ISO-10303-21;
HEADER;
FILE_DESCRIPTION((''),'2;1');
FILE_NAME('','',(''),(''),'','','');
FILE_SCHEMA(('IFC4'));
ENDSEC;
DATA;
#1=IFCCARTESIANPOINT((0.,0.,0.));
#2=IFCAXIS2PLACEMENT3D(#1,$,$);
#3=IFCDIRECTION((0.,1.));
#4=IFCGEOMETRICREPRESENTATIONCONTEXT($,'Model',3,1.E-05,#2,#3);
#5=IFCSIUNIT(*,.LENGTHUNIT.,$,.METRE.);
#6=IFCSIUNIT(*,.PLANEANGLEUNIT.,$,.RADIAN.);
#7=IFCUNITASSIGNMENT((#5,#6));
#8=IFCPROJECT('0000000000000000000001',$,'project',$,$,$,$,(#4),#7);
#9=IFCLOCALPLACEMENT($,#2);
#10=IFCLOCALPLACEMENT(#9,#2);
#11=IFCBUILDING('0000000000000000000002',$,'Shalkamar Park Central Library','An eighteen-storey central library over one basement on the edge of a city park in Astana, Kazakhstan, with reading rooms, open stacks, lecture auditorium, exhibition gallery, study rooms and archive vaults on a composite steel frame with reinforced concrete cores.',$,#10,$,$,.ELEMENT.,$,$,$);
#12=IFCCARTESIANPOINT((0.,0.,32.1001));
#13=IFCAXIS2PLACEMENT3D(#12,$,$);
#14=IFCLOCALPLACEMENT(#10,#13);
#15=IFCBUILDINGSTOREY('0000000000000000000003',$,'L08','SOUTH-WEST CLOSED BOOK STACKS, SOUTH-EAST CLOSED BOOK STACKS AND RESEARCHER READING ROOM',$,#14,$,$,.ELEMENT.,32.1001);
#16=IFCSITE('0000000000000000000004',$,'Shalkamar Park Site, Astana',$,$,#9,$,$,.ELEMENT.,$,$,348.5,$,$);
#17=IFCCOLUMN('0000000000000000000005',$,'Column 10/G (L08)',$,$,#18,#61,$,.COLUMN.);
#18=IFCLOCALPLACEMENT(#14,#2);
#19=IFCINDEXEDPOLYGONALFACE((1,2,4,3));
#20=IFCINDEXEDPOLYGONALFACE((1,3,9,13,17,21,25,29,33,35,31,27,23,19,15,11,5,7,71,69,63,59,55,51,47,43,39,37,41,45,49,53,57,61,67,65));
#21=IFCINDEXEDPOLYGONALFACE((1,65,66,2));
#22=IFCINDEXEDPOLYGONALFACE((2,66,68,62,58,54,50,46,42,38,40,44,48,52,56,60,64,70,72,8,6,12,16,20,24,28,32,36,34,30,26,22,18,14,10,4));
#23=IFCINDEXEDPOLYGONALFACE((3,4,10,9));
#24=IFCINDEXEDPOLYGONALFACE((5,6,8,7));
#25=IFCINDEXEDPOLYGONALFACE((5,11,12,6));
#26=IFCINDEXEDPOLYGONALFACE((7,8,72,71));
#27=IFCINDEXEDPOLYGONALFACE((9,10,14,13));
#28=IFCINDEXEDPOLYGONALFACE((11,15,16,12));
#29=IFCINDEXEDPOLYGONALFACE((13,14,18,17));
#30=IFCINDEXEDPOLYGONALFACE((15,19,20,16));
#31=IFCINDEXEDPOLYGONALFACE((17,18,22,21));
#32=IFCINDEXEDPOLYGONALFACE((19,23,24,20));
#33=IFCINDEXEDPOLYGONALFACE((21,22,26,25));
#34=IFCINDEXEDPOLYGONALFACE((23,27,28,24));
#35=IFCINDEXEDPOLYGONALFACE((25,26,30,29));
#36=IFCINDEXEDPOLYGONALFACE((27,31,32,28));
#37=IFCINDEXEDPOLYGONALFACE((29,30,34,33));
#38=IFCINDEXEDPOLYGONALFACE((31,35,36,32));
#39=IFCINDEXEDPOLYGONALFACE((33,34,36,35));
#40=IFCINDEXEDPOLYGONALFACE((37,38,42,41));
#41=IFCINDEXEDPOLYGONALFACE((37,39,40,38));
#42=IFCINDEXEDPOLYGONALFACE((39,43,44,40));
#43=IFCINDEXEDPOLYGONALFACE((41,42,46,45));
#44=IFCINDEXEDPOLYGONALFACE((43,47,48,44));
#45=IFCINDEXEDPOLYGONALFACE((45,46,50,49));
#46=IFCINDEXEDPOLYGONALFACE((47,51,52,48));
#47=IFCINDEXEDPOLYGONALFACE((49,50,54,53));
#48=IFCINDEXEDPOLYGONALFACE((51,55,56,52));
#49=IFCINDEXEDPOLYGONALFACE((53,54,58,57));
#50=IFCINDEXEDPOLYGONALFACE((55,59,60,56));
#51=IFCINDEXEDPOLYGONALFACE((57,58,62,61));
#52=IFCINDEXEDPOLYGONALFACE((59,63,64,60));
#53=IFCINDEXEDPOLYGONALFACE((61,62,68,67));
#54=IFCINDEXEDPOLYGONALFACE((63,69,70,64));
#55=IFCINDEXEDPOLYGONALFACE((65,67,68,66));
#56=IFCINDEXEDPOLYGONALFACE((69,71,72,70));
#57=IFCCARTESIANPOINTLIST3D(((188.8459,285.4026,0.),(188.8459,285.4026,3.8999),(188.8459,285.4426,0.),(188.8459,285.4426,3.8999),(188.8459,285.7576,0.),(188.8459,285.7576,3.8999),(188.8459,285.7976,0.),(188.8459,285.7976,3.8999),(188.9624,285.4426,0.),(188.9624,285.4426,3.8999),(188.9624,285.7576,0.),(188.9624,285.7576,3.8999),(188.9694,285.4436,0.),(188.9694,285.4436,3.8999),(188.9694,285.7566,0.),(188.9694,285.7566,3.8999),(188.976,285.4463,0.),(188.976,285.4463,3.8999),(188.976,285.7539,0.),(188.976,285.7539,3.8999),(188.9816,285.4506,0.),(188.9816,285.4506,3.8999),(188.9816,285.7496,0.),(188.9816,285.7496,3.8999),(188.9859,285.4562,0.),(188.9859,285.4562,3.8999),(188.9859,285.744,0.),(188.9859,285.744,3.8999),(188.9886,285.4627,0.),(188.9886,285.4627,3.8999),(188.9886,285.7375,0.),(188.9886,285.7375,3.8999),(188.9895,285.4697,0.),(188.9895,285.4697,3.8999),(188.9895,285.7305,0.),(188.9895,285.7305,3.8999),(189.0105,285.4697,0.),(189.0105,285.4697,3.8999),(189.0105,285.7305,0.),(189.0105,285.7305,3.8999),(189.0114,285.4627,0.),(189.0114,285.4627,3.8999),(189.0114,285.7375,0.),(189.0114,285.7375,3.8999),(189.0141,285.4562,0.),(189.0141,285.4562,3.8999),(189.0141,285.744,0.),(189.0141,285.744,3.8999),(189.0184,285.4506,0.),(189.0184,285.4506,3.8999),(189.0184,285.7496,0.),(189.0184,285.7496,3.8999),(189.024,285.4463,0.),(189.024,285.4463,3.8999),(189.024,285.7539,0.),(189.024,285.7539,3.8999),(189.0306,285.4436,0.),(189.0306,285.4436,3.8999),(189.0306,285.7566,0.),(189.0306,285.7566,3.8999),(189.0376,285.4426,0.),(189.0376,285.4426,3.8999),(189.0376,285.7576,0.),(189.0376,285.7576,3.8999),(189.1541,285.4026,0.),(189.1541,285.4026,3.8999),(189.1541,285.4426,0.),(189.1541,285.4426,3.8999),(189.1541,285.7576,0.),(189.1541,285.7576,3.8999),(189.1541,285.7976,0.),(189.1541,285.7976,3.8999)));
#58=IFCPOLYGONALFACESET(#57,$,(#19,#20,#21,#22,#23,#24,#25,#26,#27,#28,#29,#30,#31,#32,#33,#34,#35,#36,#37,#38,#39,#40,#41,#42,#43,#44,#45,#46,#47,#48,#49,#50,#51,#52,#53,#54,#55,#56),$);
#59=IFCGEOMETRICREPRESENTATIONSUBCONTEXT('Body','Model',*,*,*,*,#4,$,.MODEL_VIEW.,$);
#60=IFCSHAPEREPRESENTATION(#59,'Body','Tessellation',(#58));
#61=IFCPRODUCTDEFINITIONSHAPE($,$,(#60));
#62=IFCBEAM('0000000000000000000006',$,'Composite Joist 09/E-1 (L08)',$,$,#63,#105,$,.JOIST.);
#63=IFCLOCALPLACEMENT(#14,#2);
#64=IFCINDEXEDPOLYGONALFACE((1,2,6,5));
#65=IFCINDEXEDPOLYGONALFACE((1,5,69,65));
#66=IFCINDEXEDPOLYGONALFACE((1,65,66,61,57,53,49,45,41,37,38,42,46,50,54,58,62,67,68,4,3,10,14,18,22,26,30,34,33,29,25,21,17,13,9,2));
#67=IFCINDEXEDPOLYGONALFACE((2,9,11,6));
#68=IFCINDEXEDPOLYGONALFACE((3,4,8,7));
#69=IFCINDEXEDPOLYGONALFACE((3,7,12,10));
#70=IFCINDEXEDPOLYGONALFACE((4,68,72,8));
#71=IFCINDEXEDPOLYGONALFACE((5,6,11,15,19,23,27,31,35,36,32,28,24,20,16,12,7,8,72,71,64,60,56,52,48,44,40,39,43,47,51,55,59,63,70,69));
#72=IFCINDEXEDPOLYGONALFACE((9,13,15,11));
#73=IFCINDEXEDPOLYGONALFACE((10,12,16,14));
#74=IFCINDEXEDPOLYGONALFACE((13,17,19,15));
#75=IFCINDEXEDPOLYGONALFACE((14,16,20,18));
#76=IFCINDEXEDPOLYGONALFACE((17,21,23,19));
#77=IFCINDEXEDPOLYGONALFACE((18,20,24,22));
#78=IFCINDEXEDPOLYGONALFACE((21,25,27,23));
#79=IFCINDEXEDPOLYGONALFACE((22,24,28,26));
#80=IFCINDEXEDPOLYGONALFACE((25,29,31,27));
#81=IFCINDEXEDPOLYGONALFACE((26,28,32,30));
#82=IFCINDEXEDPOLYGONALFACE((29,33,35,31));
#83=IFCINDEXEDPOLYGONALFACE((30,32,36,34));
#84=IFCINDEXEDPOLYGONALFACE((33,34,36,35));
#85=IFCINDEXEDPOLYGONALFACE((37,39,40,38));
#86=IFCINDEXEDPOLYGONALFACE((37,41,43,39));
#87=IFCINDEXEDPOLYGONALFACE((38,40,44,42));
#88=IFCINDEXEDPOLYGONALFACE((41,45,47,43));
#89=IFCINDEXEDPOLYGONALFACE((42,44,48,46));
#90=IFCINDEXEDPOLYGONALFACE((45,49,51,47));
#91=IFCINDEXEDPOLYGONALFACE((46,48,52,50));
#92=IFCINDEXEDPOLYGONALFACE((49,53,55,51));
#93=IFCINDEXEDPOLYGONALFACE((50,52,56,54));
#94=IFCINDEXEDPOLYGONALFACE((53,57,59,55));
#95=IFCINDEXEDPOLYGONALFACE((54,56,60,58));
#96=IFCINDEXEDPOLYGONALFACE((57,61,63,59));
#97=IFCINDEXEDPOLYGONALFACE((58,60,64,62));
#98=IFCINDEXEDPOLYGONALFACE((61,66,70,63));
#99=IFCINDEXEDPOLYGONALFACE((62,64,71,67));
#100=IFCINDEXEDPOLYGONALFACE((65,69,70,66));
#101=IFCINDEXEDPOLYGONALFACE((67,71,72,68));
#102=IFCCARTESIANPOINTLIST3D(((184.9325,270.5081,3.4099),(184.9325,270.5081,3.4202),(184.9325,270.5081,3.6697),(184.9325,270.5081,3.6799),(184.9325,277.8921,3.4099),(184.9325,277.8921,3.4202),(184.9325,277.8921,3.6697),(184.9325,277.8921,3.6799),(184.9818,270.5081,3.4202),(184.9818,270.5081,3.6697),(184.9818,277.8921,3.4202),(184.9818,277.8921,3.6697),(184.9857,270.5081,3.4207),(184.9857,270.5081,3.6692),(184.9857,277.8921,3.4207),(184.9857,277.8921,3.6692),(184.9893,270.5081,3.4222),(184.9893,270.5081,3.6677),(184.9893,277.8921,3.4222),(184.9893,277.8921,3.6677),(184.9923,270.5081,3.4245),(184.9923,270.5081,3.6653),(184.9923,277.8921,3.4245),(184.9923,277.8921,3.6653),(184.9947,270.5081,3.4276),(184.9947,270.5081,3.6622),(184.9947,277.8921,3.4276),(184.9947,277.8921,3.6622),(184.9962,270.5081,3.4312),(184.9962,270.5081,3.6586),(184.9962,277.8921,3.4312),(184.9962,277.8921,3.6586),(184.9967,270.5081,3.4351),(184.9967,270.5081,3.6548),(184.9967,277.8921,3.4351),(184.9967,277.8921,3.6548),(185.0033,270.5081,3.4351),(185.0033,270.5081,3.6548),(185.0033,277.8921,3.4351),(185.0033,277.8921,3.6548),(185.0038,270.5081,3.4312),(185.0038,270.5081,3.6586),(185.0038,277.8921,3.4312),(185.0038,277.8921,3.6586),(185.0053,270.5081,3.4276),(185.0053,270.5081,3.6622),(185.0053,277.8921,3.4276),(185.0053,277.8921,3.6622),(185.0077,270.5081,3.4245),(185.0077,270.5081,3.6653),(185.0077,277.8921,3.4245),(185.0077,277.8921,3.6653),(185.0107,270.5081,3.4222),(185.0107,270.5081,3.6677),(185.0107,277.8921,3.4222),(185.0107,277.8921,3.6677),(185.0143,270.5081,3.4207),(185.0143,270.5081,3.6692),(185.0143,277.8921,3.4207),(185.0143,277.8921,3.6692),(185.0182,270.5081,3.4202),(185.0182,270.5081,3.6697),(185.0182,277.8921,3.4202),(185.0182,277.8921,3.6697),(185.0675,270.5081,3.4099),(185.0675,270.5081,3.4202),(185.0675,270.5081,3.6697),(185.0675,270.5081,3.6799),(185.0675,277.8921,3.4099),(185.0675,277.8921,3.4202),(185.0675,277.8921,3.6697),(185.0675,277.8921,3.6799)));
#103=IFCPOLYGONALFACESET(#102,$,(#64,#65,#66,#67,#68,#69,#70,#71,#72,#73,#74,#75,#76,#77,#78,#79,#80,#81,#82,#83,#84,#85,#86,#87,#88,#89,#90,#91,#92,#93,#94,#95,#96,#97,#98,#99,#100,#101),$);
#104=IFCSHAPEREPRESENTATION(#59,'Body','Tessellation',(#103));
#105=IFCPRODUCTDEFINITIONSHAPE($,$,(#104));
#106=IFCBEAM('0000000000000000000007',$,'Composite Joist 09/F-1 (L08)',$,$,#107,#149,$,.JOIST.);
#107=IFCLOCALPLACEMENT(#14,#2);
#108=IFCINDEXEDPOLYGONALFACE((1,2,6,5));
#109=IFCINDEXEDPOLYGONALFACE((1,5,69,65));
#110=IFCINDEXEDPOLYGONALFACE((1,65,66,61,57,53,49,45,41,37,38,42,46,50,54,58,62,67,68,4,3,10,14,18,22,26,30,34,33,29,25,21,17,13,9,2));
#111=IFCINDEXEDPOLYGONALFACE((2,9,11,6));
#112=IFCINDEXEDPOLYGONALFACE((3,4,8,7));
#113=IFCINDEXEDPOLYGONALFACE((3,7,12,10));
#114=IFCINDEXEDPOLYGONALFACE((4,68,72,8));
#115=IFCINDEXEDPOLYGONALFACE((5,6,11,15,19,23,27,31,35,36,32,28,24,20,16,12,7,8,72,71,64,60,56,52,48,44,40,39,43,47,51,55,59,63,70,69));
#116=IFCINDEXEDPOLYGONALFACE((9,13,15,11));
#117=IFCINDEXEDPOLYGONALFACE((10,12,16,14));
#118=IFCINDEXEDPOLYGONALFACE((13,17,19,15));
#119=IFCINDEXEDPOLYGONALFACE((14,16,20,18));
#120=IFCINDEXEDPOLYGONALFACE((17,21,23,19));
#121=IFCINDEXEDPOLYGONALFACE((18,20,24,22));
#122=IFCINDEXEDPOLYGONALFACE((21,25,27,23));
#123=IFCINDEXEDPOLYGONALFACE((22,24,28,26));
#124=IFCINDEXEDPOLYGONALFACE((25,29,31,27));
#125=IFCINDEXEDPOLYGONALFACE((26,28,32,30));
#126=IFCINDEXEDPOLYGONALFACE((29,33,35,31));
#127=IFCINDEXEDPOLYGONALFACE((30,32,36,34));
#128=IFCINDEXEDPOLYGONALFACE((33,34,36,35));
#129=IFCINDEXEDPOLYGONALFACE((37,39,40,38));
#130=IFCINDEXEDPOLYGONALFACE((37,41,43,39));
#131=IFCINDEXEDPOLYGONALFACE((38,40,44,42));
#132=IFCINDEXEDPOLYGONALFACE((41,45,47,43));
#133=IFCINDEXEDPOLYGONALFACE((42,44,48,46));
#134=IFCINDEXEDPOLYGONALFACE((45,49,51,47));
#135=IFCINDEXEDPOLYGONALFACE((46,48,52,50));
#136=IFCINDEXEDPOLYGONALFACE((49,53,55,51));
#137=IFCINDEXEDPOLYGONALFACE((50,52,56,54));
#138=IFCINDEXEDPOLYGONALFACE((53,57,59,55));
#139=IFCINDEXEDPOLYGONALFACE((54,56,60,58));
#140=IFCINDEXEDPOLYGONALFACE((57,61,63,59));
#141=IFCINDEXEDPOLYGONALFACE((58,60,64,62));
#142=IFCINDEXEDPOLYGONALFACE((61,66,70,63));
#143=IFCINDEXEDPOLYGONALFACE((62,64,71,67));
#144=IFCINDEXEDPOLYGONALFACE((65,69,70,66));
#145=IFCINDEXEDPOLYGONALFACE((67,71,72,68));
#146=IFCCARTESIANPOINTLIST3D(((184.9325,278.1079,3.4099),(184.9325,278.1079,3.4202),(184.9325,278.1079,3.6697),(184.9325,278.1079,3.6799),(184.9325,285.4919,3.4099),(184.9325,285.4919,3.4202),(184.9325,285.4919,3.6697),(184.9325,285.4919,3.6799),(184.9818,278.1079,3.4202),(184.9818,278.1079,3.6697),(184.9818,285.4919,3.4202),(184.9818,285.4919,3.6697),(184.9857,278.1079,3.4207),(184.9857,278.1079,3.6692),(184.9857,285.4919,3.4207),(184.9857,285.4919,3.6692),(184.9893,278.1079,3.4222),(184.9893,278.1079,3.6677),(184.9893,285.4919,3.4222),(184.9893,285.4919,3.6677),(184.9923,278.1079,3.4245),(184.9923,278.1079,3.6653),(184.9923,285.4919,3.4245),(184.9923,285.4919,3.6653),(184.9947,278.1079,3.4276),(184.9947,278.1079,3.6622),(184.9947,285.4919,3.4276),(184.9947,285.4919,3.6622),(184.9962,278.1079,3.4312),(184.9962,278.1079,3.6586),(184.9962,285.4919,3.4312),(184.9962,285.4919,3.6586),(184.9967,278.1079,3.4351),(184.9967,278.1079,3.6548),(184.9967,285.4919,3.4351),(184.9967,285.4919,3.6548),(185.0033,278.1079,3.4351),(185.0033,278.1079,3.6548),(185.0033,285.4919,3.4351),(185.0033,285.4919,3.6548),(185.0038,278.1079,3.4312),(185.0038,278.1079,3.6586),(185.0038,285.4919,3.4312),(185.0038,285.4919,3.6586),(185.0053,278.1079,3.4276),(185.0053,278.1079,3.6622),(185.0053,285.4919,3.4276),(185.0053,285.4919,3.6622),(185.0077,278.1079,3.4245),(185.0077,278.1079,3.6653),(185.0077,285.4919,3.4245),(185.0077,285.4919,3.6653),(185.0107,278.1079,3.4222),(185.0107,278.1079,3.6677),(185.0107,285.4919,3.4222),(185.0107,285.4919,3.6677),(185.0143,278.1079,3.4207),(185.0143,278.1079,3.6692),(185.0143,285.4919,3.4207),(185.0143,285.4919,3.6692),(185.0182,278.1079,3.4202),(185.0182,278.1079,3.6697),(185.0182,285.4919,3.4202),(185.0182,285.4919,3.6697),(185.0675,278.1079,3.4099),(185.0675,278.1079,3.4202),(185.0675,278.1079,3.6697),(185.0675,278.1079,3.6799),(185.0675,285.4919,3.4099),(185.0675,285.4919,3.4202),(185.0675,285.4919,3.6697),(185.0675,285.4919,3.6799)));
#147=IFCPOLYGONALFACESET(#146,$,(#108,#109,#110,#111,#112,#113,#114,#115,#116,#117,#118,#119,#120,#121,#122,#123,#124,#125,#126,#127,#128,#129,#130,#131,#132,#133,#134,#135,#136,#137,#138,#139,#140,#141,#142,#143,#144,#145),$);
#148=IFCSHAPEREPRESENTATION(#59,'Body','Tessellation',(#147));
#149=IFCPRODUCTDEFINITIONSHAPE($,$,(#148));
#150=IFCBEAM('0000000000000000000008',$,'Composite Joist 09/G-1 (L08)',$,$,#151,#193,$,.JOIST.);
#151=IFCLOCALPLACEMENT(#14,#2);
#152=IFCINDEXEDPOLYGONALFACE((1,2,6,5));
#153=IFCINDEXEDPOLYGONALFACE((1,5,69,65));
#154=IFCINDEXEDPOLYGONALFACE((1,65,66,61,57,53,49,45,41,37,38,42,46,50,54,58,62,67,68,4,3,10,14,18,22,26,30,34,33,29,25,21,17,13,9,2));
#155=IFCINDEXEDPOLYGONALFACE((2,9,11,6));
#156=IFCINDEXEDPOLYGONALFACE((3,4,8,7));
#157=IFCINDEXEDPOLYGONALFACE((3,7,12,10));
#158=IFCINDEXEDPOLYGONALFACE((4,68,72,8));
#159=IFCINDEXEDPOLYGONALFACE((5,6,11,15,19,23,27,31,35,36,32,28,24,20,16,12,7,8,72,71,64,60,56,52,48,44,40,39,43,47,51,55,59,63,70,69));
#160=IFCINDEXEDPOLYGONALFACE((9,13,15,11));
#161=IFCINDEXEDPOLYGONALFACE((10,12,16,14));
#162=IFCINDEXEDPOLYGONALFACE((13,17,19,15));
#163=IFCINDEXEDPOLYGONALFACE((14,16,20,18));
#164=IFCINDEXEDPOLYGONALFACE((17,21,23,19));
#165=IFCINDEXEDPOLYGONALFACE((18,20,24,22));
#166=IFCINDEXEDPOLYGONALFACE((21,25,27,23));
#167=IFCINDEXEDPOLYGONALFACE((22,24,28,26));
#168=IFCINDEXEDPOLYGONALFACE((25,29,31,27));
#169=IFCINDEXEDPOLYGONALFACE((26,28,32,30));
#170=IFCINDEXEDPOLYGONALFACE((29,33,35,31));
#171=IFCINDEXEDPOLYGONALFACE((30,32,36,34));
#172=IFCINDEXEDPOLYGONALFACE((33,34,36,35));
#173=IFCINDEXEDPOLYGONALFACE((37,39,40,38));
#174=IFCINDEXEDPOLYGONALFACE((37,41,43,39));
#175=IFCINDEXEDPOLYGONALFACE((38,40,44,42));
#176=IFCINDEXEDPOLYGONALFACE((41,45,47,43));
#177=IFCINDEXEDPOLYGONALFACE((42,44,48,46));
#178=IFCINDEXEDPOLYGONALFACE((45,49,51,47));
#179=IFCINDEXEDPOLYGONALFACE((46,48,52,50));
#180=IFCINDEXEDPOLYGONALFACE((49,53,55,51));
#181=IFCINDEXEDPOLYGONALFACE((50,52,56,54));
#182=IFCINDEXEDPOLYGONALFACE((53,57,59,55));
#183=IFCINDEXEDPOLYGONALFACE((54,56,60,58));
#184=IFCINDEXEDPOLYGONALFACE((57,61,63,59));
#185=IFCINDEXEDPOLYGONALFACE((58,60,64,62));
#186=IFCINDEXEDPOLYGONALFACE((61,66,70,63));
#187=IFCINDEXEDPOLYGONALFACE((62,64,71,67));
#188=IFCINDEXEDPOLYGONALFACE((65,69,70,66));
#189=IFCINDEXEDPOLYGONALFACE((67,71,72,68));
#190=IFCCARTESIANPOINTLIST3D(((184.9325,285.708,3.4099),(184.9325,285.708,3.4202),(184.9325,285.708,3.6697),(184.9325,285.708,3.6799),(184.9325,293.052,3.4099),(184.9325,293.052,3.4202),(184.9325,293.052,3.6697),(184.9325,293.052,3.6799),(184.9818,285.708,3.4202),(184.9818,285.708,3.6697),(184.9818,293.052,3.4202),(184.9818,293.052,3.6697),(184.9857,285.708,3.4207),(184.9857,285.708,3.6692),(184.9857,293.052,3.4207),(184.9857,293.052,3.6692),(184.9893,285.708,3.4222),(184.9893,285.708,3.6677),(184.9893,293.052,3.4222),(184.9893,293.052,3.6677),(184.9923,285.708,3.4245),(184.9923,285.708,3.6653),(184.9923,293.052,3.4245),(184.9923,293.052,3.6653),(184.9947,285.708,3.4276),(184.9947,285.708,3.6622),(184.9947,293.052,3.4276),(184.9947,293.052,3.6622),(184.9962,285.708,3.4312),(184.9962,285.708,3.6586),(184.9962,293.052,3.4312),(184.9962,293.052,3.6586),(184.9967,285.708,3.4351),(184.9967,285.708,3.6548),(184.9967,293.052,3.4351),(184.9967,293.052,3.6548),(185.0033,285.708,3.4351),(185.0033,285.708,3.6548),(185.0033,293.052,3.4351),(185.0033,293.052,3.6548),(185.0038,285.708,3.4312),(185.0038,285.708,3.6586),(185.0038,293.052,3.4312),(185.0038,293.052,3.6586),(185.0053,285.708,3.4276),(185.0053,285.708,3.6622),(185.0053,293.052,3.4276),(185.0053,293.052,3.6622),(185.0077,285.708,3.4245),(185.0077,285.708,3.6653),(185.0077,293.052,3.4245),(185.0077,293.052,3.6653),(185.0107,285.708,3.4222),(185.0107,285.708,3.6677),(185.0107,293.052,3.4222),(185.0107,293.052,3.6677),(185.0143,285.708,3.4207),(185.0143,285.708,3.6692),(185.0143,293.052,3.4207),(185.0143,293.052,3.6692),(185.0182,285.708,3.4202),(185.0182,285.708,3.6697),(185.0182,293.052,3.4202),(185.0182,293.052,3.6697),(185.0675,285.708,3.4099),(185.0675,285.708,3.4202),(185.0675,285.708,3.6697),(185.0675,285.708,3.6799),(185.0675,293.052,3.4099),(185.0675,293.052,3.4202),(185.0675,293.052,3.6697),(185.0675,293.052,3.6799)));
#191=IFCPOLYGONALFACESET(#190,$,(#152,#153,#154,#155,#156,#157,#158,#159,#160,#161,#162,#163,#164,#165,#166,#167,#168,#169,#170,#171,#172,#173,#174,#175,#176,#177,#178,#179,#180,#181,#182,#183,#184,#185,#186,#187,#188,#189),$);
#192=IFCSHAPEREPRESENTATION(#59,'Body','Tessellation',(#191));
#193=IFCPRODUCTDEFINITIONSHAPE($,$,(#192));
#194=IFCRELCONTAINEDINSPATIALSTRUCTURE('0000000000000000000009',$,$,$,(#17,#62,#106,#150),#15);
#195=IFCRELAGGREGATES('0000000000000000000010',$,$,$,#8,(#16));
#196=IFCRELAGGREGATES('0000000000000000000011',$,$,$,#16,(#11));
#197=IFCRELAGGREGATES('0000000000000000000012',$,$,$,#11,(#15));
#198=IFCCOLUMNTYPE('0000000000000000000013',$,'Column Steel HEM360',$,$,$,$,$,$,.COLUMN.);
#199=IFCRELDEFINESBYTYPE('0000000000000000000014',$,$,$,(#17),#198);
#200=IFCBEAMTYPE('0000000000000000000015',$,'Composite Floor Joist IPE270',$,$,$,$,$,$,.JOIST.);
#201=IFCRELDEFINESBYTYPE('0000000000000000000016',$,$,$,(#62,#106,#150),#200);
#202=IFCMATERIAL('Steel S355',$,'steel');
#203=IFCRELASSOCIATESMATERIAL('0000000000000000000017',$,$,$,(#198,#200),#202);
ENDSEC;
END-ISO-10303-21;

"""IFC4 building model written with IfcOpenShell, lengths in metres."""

from ifc_helpers import new_model, si_unit, direction, frame, origin, origin_2d, place, context, subcontext, project, spatial, i_section, extrude, material, material_profile, profile_set, type_object, element, save


model = new_model("IFC4")

# Units and contexts
model_context = context("Model", 3, precision=1e-05, world=origin(), true_north=direction((0.0, 1.0)))
body_context = subcontext(model_context, "Body", "Model", "MODEL_VIEW")
ifc_project = project(units=[si_unit("LENGTHUNIT", "METRE"), si_unit("PLANEANGLEUNIT", "RADIAN")], contexts=[model_context])

# Site, building, storey
site_placement = place(None, origin())
site = spatial("IfcSite", under=ifc_project, at=site_placement, Name="Shalkamar Park Site, Astana", CompositionType="ELEMENT", RefElevation=348.5)
building_placement = place(site_placement, origin())
building = spatial("IfcBuilding", under=site, at=building_placement, Name="Shalkamar Park Central Library", Description="An eighteen-storey central library over one basement on the edge of a city park in Astana, Kazakhstan, with reading rooms, open stacks, lecture auditorium, exhibition gallery, study rooms and archive vaults on a composite steel frame with reinforced concrete cores.", CompositionType="ELEMENT")
storey_placement = place(building_placement, frame((0.0, 0.0, 32.1001)))
storey = spatial("IfcBuildingStorey", under=building, at=storey_placement, Name="L08", Description="SOUTH-WEST CLOSED BOOK STACKS, SOUTH-EAST CLOSED BOOK STACKS AND RESEARCHER READING ROOM", CompositionType="ELEMENT", Elevation=32.1001)

# Column
ifc_material_1 = material(Name="Steel S355", Category="steel")
ifc_material_profile_1 = material_profile(ifc_material_1, i_section(OverallWidth=0.3081, OverallDepth=0.395, WebThickness=0.021, FlangeThickness=0.04, FilletRadius=0.0271, at=origin_2d()), Name="HEM 360")
ifc_profile_set_1 = profile_set([ifc_material_profile_1], Name="Steel S355")
column_type_1 = type_object("IfcColumnType", Name="Column Steel HEM360", PredefinedType="COLUMN", material=ifc_profile_set_1)
for number, where, z_axis, x_axis, name in (
    (1, (189.0, 285.6001, 0.0), (0.0, 0.0, 1.0), (1.0, 0.0, 0.0), "Column 10/G (L08)"),
):
    element("IfcColumn", number, at=place(storey_placement, frame(where, z_axis=z_axis, x_axis=x_axis)), inside=storey, type_object=column_type_1, Name=name, PredefinedType="COLUMN", context=body_context, shape_type="SweptSolid", body=[
        extrude(i_section(OverallWidth=0.3081, OverallDepth=0.395, WebThickness=0.021, FlangeThickness=0.04, FilletRadius=0.0271, at=origin_2d()), origin(), (0.0, 0.0, 1.0), 3.8999),
    ])

# Beams
ifc_material_profile_2 = material_profile(ifc_material_1, i_section(OverallWidth=0.135, OverallDepth=0.27, WebThickness=0.0066, FlangeThickness=0.0103, FilletRadius=0.0149, at=origin_2d()), Name="IPE 270")
ifc_profile_set_2 = profile_set([ifc_material_profile_2], Name="Steel S355")
beam_type_1 = type_object("IfcBeamType", Name="Composite Floor Joist IPE270", PredefinedType="JOIST", material=ifc_profile_set_2)
for number, where, z_axis, x_axis, name in (
    (2, (185.0, 270.5081, 3.5449), (0.0, 1.0, 0.0), (-1.0, 0.0, 0.0), "Composite Joist 09/E-1 (L08)"),
    (3, (185.0, 278.1079, 3.5449), (0.0, 1.0, 0.0), (-1.0, 0.0, 0.0), "Composite Joist 09/F-1 (L08)"),
):
    element("IfcBeam", number, at=place(storey_placement, frame(where, z_axis=z_axis, x_axis=x_axis)), inside=storey, type_object=beam_type_1, Name=name, PredefinedType="JOIST", context=body_context, shape_type="SweptSolid", body=[
        extrude(i_section(OverallWidth=0.135, OverallDepth=0.27, WebThickness=0.0066, FlangeThickness=0.0103, FilletRadius=0.0149, at=origin_2d()), origin(), (0.0, 0.0, 1.0), 7.384),
    ])
beam_1_placement = place(storey_placement, frame((185.0, 285.708, 3.5449), z_axis=(0.0, 1.0, 0.0), x_axis=(-1.0, 0.0, 0.0)))
element("IfcBeam", 4, at=beam_1_placement, inside=storey, type_object=beam_type_1, Name="Composite Joist 09/G-1 (L08)", PredefinedType="JOIST", context=body_context, shape_type="SweptSolid", body=[
    extrude(i_section(OverallWidth=0.135, OverallDepth=0.27, WebThickness=0.0066, FlangeThickness=0.0103, FilletRadius=0.0149, at=origin_2d()), origin(), (0.0, 0.0, 1.0), 7.344),
])

save(model, "model.ifc")
